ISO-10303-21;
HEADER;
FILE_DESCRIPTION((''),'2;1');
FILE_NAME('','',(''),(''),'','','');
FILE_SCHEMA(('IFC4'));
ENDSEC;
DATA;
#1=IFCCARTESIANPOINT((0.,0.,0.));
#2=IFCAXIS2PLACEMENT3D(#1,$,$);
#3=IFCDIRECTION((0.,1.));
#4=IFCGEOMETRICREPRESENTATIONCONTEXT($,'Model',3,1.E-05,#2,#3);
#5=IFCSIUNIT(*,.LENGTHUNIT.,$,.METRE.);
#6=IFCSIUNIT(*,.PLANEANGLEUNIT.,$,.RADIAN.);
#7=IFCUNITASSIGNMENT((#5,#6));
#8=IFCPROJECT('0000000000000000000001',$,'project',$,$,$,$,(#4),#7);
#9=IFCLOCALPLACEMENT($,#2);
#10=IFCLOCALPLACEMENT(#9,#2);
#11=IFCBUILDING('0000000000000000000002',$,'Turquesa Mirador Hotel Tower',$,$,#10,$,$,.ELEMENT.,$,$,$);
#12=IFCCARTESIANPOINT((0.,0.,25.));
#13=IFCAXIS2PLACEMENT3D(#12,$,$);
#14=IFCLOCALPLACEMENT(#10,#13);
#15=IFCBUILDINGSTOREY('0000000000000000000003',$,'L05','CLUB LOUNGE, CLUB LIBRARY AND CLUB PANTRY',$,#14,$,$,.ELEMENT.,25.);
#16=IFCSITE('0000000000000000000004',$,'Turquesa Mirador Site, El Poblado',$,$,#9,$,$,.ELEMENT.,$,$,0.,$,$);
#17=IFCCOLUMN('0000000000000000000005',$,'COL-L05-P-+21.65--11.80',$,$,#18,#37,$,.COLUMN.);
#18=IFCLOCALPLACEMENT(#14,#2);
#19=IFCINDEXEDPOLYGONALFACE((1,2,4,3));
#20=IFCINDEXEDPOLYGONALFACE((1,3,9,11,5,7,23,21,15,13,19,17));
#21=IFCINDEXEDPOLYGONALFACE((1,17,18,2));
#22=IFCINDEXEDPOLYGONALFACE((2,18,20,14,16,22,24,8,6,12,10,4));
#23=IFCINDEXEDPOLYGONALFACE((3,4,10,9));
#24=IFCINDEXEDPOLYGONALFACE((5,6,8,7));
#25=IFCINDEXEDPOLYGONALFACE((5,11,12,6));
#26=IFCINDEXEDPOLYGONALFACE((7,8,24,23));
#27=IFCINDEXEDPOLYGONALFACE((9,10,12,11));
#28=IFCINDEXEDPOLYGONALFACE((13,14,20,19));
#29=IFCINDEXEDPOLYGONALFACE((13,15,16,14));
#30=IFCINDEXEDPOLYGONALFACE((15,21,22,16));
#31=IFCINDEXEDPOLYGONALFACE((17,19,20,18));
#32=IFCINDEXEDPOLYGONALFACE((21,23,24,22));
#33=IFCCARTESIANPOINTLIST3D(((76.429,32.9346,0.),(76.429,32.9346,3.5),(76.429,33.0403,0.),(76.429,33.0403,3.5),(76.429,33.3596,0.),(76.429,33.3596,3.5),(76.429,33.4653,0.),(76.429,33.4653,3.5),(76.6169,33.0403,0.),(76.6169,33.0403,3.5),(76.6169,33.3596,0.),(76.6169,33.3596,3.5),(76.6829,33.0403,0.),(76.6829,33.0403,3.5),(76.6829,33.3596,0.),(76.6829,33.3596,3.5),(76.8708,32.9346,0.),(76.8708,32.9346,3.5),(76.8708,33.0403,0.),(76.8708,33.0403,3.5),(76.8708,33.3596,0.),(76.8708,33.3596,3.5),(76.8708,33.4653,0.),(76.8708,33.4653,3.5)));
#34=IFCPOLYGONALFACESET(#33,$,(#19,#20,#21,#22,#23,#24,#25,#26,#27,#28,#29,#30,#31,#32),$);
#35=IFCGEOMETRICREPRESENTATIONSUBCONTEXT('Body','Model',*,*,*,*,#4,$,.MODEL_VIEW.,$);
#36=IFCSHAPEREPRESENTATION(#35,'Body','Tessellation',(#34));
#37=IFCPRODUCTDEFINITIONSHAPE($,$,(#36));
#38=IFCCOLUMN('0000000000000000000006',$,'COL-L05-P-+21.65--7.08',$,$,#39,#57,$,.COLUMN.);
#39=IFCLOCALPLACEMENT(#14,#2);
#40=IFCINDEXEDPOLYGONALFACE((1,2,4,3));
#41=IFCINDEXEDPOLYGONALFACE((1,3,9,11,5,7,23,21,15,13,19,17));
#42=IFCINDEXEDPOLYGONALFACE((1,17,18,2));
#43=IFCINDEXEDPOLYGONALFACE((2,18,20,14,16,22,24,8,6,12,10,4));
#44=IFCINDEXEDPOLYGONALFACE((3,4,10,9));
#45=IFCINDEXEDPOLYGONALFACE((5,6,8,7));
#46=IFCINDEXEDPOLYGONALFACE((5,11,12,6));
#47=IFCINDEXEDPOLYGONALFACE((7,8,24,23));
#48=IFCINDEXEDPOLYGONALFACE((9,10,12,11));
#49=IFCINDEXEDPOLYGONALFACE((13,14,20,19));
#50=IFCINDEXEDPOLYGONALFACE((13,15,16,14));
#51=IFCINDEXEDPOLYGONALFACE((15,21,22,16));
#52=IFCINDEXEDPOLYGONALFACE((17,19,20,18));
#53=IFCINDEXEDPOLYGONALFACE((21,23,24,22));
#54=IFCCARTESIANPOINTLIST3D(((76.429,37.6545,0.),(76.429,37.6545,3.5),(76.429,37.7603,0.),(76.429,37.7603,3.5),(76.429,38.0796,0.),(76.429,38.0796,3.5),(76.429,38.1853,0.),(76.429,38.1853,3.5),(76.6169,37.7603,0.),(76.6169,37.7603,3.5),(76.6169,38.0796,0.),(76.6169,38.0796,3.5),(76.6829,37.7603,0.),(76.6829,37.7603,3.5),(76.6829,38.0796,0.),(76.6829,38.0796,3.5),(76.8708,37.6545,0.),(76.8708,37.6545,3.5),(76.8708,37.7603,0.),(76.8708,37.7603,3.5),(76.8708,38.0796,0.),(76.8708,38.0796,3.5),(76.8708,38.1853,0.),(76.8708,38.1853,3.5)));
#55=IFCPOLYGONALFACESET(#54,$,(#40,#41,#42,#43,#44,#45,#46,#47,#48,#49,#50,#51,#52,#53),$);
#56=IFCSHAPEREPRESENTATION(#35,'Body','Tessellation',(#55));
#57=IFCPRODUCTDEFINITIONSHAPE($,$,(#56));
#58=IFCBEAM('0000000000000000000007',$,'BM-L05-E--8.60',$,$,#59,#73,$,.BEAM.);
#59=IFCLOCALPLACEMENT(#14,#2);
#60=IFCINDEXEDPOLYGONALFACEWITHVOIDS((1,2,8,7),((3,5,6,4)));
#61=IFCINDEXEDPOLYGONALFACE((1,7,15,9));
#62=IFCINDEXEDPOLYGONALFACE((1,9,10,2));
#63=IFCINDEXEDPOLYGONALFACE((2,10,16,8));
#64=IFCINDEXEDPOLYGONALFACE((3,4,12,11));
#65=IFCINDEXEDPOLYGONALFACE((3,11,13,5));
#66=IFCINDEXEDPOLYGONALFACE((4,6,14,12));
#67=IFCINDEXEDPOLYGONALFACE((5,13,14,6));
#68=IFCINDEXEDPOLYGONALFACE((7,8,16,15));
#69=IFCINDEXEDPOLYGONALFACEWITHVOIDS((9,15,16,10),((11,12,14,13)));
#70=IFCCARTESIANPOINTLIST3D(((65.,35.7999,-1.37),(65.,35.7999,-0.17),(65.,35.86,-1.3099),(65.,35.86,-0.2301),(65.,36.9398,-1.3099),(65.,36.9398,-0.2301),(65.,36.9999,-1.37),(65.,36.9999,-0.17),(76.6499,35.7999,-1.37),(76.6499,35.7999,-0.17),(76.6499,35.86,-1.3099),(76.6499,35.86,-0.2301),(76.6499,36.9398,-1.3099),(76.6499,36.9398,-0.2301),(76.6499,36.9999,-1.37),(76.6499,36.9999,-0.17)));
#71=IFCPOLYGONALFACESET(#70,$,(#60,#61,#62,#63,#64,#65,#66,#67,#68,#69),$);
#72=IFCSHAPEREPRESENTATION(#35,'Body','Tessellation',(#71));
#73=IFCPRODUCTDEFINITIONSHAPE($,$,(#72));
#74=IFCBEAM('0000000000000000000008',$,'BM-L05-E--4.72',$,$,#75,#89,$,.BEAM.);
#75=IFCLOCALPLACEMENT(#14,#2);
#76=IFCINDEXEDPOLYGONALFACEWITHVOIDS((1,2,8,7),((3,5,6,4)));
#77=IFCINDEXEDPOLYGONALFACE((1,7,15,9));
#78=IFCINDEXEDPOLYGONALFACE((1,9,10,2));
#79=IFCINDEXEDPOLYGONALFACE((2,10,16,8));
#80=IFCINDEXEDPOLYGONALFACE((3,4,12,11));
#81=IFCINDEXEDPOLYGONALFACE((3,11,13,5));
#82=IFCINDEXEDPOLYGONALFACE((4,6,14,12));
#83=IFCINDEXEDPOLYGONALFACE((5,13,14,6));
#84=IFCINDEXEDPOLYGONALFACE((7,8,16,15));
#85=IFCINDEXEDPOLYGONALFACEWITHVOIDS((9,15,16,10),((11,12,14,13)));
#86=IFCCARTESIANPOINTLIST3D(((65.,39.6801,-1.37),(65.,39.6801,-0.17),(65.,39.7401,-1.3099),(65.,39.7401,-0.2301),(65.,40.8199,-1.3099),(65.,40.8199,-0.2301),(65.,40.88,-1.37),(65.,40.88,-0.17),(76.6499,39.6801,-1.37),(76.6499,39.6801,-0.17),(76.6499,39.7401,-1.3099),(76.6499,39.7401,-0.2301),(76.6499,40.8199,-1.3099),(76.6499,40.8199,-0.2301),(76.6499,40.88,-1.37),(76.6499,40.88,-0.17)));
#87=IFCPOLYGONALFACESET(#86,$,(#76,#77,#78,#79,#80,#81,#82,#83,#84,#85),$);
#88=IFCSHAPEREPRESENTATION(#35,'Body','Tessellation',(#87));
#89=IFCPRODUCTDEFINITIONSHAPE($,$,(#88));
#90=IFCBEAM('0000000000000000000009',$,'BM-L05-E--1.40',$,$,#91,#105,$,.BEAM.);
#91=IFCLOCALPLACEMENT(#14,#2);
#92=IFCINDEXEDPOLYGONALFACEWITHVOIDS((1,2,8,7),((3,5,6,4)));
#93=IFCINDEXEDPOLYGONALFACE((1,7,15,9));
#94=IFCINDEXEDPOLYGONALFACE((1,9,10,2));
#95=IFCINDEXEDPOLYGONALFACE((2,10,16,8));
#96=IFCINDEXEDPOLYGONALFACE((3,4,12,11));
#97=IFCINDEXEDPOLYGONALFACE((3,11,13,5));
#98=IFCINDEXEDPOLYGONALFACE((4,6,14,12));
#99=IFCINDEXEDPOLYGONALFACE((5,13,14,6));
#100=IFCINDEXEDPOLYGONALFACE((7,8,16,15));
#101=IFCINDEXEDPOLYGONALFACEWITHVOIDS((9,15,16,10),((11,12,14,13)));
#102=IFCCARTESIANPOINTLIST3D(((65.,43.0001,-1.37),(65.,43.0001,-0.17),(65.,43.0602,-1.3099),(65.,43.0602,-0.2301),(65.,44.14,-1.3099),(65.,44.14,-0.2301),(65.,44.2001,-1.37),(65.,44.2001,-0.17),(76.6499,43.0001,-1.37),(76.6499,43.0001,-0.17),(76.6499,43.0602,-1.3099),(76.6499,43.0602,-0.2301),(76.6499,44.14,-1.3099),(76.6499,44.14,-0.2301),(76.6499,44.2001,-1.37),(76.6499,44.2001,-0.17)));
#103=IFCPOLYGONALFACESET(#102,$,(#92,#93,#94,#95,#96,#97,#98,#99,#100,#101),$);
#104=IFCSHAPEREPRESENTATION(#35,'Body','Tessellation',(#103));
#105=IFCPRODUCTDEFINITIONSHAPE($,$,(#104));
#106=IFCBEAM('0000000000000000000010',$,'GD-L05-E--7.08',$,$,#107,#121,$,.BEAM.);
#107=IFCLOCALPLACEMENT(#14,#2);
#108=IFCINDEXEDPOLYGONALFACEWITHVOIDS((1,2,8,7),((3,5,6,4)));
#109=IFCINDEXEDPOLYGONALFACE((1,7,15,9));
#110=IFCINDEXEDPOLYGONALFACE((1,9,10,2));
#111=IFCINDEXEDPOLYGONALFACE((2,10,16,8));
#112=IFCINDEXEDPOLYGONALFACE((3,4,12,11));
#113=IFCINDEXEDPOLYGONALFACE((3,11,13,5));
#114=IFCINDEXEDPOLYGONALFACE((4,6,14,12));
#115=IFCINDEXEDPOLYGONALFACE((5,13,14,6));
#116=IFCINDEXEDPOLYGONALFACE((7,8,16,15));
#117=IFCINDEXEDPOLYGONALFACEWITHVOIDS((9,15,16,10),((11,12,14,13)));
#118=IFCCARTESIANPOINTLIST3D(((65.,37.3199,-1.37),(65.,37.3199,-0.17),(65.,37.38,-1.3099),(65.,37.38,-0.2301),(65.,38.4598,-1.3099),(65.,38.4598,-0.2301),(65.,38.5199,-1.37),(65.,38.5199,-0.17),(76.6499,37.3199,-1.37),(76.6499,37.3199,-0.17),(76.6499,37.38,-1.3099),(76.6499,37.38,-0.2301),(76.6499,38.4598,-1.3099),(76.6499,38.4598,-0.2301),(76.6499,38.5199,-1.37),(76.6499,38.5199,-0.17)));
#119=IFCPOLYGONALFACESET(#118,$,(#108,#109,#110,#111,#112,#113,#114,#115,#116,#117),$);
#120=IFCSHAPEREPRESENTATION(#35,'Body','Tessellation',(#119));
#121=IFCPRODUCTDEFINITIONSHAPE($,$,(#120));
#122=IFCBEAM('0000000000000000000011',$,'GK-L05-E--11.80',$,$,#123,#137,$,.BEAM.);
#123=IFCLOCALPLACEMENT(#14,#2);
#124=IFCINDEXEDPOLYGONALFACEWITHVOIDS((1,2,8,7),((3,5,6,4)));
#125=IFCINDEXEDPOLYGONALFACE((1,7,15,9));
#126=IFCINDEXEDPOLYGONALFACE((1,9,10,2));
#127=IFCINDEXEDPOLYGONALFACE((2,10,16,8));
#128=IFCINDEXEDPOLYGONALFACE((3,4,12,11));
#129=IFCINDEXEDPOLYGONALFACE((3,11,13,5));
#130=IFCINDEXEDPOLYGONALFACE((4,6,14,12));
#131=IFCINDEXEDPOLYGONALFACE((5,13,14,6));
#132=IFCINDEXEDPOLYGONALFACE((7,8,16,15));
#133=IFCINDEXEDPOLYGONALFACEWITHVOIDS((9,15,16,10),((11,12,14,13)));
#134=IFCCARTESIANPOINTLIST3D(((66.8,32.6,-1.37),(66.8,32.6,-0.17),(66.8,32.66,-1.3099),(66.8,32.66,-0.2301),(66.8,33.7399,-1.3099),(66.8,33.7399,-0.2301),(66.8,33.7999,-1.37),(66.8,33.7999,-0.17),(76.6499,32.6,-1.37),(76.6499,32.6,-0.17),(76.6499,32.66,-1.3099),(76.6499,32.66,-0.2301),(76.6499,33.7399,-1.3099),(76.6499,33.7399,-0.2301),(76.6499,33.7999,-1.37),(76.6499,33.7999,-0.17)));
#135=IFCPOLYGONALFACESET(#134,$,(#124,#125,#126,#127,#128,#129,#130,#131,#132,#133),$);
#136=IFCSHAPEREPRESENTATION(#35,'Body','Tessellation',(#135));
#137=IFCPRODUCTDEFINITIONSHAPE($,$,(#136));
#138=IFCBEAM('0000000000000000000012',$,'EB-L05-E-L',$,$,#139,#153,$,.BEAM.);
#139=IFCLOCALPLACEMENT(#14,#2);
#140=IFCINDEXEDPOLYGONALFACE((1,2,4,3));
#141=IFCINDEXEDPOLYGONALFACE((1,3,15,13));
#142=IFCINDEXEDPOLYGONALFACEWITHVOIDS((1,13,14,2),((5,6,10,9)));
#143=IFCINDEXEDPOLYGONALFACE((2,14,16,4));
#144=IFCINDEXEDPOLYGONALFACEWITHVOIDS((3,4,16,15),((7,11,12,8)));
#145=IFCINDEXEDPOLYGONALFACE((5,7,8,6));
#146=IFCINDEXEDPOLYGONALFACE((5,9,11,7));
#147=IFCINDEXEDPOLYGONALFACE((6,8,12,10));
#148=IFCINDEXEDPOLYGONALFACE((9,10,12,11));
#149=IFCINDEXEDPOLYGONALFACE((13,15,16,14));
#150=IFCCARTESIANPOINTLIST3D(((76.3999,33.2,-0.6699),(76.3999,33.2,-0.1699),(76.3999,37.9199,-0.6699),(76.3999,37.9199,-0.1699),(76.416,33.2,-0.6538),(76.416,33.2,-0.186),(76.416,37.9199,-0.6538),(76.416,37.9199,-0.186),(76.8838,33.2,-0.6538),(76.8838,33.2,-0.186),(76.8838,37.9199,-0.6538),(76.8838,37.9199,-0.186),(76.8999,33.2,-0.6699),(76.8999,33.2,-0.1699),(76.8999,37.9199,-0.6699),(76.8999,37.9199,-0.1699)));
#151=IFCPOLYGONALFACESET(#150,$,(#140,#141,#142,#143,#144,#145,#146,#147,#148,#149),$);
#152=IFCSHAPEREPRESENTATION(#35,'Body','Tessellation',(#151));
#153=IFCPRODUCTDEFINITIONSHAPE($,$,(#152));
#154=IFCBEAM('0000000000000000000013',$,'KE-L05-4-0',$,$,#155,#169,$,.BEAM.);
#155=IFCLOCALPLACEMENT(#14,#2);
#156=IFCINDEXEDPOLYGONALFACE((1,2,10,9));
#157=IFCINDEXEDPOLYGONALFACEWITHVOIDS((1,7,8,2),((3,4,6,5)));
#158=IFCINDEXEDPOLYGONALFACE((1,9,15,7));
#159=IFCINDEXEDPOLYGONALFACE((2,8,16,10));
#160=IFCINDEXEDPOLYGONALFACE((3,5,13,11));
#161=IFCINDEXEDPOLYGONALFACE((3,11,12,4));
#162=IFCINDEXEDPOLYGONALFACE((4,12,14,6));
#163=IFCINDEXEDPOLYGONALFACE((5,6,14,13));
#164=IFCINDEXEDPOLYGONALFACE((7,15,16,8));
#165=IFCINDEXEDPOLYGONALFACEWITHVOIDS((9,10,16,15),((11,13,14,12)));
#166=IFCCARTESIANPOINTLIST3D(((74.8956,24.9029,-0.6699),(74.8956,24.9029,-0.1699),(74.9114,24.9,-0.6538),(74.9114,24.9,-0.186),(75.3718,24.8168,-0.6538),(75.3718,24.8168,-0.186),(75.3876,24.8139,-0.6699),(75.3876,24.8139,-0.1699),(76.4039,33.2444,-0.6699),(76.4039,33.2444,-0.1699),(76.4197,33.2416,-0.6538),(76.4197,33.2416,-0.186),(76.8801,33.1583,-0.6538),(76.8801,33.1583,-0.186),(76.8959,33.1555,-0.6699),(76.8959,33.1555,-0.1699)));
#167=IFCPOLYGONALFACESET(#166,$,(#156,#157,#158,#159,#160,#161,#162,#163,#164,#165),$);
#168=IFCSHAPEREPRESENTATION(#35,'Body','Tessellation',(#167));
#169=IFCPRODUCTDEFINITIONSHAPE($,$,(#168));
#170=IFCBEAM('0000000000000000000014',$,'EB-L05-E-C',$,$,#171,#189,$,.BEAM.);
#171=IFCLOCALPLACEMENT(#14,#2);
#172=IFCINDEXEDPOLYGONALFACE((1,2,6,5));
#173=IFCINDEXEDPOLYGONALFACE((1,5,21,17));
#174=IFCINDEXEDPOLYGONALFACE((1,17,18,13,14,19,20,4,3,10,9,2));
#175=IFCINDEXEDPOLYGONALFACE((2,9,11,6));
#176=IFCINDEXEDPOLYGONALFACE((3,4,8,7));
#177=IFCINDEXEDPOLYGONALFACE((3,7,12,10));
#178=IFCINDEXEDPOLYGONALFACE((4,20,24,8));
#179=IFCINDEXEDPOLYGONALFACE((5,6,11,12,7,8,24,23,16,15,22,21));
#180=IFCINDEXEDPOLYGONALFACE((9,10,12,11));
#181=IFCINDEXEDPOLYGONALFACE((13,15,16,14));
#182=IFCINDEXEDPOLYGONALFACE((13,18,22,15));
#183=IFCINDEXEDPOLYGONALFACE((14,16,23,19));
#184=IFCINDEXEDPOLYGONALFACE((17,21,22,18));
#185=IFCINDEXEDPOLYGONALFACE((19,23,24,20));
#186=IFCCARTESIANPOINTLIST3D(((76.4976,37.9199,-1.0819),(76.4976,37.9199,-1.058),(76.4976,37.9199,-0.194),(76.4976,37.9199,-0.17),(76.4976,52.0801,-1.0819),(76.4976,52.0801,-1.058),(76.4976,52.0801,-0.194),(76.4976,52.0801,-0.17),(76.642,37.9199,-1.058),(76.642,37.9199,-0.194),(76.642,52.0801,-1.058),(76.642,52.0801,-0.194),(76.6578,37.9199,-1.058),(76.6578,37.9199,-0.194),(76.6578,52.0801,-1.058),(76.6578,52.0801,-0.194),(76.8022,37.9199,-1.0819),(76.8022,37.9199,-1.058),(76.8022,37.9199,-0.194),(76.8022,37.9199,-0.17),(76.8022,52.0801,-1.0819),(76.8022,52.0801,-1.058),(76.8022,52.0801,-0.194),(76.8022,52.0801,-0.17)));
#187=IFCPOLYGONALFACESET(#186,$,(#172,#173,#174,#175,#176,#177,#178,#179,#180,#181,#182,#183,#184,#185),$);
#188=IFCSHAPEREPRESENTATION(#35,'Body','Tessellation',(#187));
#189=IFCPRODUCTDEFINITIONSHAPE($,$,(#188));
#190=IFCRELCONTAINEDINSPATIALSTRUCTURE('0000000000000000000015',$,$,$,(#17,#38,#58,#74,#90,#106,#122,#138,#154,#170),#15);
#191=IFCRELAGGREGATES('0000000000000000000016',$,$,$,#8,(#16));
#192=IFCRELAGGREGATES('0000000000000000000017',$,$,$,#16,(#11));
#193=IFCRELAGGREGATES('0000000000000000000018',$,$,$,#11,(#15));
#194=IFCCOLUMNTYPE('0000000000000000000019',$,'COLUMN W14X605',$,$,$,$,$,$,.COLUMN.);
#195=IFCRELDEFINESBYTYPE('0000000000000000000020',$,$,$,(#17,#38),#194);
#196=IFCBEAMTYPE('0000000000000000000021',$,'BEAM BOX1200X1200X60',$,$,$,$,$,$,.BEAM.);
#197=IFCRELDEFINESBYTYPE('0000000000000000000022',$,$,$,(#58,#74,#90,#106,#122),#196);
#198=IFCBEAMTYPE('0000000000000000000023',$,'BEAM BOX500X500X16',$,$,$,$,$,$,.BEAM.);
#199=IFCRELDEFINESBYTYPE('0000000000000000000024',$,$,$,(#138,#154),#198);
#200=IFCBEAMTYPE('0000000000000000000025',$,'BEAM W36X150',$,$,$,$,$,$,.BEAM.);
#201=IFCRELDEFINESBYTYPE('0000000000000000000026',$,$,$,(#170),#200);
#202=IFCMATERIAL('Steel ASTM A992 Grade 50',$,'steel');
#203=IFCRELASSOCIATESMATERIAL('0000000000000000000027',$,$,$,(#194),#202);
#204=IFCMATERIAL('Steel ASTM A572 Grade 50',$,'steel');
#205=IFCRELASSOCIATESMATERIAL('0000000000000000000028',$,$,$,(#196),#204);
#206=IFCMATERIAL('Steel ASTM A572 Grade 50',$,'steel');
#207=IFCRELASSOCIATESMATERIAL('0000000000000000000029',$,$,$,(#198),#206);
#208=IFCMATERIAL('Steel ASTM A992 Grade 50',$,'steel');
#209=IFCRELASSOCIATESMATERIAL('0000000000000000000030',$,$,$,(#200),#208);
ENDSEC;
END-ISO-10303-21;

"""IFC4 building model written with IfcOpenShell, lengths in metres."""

from ifc_helpers import new_model, si_unit, direction, frame, origin, origin_2d, place, context, subcontext, project, spatial, hollow_rectangle, i_section, extrude, material, material_profile, profile_set, type_object, element, save


model = new_model("IFC4")

# Units and contexts
model_context = context("Model", 3, precision=1e-05, world=origin(), true_north=direction((0.0, 1.0)))
body_context = subcontext(model_context, "Body", "Model", "MODEL_VIEW")
ifc_project = project(units=[si_unit("LENGTHUNIT", "METRE"), si_unit("PLANEANGLEUNIT", "RADIAN")], contexts=[model_context])

# Site, building, storey
site_placement = place(None, origin())
site = spatial("IfcSite", under=ifc_project, at=site_placement, Name="Turquesa Mirador Site, El Poblado", CompositionType="ELEMENT", RefElevation=0.0)
building_placement = place(site_placement, origin())
building = spatial("IfcBuilding", under=site, at=building_placement, Name="Turquesa Mirador Hotel Tower", CompositionType="ELEMENT")
storey_placement = place(building_placement, frame((0.0, 0.0, 25.0)))
storey = spatial("IfcBuildingStorey", under=building, at=storey_placement, Name="L05", Description="CLUB LOUNGE, CLUB LIBRARY AND CLUB PANTRY", CompositionType="ELEMENT", Elevation=25.0)

# Columns
ifc_material_1 = material(Name="Steel ASTM A992 Grade 50", Category="steel")
ifc_material_profile_1 = material_profile(ifc_material_1, i_section(OverallWidth=0.4419, OverallDepth=0.5308, WebThickness=0.0659, FlangeThickness=0.1057, at=origin_2d()), Name="W14X605")
ifc_profile_set_1 = profile_set([ifc_material_profile_1], Name="Steel ASTM A992 Grade 50")
column_type = type_object("IfcColumnType", Name="COLUMN W14X605", PredefinedType="COLUMN", material=ifc_profile_set_1)
for number, where, z_axis, x_axis, name in (
    (1, (76.6499, 33.2, 0.0), (0.0, 0.0, 1.0), (1.0, 0.0, 0.0), "COL-L05-P-+21.65--11.80"),
    (2, (76.6499, 37.9199, 0.0), (0.0, 0.0, 1.0), (1.0, 0.0, 0.0), "COL-L05-P-+21.65--7.08"),
):
    element("IfcColumn", number, at=place(storey_placement, frame(where, z_axis=z_axis, x_axis=x_axis)), inside=storey, type_object=column_type, Name=name, PredefinedType="COLUMN", context=body_context, shape_type="SweptSolid", body=[
        extrude(i_section(OverallWidth=0.4419, OverallDepth=0.5308, WebThickness=0.0659, FlangeThickness=0.1057, at=origin_2d()), origin(), (0.0, 0.0, 1.0), 3.5),
    ])

# Beams
ifc_material_2 = material(Name="Steel ASTM A572 Grade 50", Category="steel")
ifc_material_profile_2 = material_profile(ifc_material_2, hollow_rectangle(XDim=1.2, YDim=1.2, WallThickness=0.0601, at=origin_2d()), Name="BOX1200X1200X60")
ifc_profile_set_2 = profile_set([ifc_material_profile_2], Name="Steel ASTM A572 Grade 50")
beam_type_1 = type_object("IfcBeamType", Name="BEAM BOX1200X1200X60", PredefinedType="BEAM", material=ifc_profile_set_2)
for number, where, z_axis, x_axis, name in (
    (3, (76.6499, 36.3999, -0.77), (-1.0, 0.0, 0.0), (0.0, -1.0, 0.0), "BM-L05-E--8.60"),
    (4, (76.6499, 40.28, -0.77), (-1.0, 0.0, 0.0), (0.0, -1.0, 0.0), "BM-L05-E--4.72"),
    (5, (76.6499, 43.6001, -0.77), (-1.0, 0.0, 0.0), (0.0, -1.0, 0.0), "BM-L05-E--1.40"),
    (6, (76.6499, 37.9199, -0.77), (-1.0, 0.0, 0.0), (0.0, -1.0, 0.0), "GD-L05-E--7.08"),
):
    element("IfcBeam", number, at=place(storey_placement, frame(where, z_axis=z_axis, x_axis=x_axis)), inside=storey, type_object=beam_type_1, Name=name, PredefinedType="BEAM", context=body_context, shape_type="SweptSolid", body=[
        extrude(hollow_rectangle(XDim=1.2, YDim=1.2, WallThickness=0.0601, at=origin_2d()), origin(), (0.0, 0.0, 1.0), 11.6499),
    ])
beam_1_placement = place(storey_placement, frame((76.6499, 33.2, -0.77), z_axis=(-1.0, 0.0, 0.0), x_axis=(0.0, -1.0, 0.0)))
element("IfcBeam", 7, at=beam_1_placement, inside=storey, type_object=beam_type_1, Name="GK-L05-E--11.80", PredefinedType="BEAM", context=body_context, shape_type="SweptSolid", body=[
    extrude(hollow_rectangle(XDim=1.2, YDim=1.2, WallThickness=0.0601, at=origin_2d()), origin(), (0.0, 0.0, 1.0), 9.8499),
])
ifc_material_3 = material(Name="Steel ASTM A572 Grade 50", Category="steel")
ifc_material_profile_3 = material_profile(ifc_material_3, hollow_rectangle(XDim=0.5, YDim=0.5, WallThickness=0.0161, at=origin_2d()), Name="BOX500X500X16")
ifc_profile_set_3 = profile_set([ifc_material_profile_3], Name="Steel ASTM A572 Grade 50")
beam_type_2 = type_object("IfcBeamType", Name="BEAM BOX500X500X16", PredefinedType="BEAM", material=ifc_profile_set_3)
beam_2_placement = place(storey_placement, frame((76.6499, 33.2, -0.4199), z_axis=(0.0, 1.0, 0.0), x_axis=(-1.0, 0.0, 0.0)))
element("IfcBeam", 8, at=beam_2_placement, inside=storey, type_object=beam_type_2, Name="EB-L05-E-L", PredefinedType="BEAM", context=body_context, shape_type="SweptSolid", body=[
    extrude(hollow_rectangle(XDim=0.5, YDim=0.5, WallThickness=0.0161, at=origin_2d()), origin(), (0.0, 0.0, 1.0), 4.72),
])
beam_3_placement = place(storey_placement, frame((76.6499, 33.2, -0.4199), z_axis=(-0.177932, -0.984043, 0.0), x_axis=(0.984043, -0.177932, 0.0)))
element("IfcBeam", 9, at=beam_3_placement, inside=storey, type_object=beam_type_2, Name="KE-L05-4-0", PredefinedType="BEAM", context=body_context, shape_type="SweptSolid", body=[
    extrude(hollow_rectangle(XDim=0.5, YDim=0.5, WallThickness=0.0161, at=origin_2d()), origin(), (0.0, 0.0, 1.0), 8.4768),
])
ifc_material_4 = material(Name="Steel ASTM A992 Grade 50", Category="steel")
ifc_material_profile_4 = material_profile(ifc_material_4, i_section(OverallWidth=0.3047, OverallDepth=0.9119, WebThickness=0.0159, FlangeThickness=0.0239, at=origin_2d()), Name="W36X150")
ifc_profile_set_4 = profile_set([ifc_material_profile_4], Name="Steel ASTM A992 Grade 50")
beam_type_3 = type_object("IfcBeamType", Name="BEAM W36X150", PredefinedType="BEAM", material=ifc_profile_set_4)
beam_4_placement = place(storey_placement, frame((76.6499, 37.9199, -0.626), z_axis=(0.0, 1.0, 0.0), x_axis=(-1.0, 0.0, 0.0)))
element("IfcBeam", 10, at=beam_4_placement, inside=storey, type_object=beam_type_3, Name="EB-L05-E-C", PredefinedType="BEAM", context=body_context, shape_type="SweptSolid", body=[
    extrude(i_section(OverallWidth=0.3047, OverallDepth=0.9119, WebThickness=0.0159, FlangeThickness=0.0239, at=origin_2d()), origin(), (0.0, 0.0, 1.0), 14.1602),
])

save(model, "model.ifc")
